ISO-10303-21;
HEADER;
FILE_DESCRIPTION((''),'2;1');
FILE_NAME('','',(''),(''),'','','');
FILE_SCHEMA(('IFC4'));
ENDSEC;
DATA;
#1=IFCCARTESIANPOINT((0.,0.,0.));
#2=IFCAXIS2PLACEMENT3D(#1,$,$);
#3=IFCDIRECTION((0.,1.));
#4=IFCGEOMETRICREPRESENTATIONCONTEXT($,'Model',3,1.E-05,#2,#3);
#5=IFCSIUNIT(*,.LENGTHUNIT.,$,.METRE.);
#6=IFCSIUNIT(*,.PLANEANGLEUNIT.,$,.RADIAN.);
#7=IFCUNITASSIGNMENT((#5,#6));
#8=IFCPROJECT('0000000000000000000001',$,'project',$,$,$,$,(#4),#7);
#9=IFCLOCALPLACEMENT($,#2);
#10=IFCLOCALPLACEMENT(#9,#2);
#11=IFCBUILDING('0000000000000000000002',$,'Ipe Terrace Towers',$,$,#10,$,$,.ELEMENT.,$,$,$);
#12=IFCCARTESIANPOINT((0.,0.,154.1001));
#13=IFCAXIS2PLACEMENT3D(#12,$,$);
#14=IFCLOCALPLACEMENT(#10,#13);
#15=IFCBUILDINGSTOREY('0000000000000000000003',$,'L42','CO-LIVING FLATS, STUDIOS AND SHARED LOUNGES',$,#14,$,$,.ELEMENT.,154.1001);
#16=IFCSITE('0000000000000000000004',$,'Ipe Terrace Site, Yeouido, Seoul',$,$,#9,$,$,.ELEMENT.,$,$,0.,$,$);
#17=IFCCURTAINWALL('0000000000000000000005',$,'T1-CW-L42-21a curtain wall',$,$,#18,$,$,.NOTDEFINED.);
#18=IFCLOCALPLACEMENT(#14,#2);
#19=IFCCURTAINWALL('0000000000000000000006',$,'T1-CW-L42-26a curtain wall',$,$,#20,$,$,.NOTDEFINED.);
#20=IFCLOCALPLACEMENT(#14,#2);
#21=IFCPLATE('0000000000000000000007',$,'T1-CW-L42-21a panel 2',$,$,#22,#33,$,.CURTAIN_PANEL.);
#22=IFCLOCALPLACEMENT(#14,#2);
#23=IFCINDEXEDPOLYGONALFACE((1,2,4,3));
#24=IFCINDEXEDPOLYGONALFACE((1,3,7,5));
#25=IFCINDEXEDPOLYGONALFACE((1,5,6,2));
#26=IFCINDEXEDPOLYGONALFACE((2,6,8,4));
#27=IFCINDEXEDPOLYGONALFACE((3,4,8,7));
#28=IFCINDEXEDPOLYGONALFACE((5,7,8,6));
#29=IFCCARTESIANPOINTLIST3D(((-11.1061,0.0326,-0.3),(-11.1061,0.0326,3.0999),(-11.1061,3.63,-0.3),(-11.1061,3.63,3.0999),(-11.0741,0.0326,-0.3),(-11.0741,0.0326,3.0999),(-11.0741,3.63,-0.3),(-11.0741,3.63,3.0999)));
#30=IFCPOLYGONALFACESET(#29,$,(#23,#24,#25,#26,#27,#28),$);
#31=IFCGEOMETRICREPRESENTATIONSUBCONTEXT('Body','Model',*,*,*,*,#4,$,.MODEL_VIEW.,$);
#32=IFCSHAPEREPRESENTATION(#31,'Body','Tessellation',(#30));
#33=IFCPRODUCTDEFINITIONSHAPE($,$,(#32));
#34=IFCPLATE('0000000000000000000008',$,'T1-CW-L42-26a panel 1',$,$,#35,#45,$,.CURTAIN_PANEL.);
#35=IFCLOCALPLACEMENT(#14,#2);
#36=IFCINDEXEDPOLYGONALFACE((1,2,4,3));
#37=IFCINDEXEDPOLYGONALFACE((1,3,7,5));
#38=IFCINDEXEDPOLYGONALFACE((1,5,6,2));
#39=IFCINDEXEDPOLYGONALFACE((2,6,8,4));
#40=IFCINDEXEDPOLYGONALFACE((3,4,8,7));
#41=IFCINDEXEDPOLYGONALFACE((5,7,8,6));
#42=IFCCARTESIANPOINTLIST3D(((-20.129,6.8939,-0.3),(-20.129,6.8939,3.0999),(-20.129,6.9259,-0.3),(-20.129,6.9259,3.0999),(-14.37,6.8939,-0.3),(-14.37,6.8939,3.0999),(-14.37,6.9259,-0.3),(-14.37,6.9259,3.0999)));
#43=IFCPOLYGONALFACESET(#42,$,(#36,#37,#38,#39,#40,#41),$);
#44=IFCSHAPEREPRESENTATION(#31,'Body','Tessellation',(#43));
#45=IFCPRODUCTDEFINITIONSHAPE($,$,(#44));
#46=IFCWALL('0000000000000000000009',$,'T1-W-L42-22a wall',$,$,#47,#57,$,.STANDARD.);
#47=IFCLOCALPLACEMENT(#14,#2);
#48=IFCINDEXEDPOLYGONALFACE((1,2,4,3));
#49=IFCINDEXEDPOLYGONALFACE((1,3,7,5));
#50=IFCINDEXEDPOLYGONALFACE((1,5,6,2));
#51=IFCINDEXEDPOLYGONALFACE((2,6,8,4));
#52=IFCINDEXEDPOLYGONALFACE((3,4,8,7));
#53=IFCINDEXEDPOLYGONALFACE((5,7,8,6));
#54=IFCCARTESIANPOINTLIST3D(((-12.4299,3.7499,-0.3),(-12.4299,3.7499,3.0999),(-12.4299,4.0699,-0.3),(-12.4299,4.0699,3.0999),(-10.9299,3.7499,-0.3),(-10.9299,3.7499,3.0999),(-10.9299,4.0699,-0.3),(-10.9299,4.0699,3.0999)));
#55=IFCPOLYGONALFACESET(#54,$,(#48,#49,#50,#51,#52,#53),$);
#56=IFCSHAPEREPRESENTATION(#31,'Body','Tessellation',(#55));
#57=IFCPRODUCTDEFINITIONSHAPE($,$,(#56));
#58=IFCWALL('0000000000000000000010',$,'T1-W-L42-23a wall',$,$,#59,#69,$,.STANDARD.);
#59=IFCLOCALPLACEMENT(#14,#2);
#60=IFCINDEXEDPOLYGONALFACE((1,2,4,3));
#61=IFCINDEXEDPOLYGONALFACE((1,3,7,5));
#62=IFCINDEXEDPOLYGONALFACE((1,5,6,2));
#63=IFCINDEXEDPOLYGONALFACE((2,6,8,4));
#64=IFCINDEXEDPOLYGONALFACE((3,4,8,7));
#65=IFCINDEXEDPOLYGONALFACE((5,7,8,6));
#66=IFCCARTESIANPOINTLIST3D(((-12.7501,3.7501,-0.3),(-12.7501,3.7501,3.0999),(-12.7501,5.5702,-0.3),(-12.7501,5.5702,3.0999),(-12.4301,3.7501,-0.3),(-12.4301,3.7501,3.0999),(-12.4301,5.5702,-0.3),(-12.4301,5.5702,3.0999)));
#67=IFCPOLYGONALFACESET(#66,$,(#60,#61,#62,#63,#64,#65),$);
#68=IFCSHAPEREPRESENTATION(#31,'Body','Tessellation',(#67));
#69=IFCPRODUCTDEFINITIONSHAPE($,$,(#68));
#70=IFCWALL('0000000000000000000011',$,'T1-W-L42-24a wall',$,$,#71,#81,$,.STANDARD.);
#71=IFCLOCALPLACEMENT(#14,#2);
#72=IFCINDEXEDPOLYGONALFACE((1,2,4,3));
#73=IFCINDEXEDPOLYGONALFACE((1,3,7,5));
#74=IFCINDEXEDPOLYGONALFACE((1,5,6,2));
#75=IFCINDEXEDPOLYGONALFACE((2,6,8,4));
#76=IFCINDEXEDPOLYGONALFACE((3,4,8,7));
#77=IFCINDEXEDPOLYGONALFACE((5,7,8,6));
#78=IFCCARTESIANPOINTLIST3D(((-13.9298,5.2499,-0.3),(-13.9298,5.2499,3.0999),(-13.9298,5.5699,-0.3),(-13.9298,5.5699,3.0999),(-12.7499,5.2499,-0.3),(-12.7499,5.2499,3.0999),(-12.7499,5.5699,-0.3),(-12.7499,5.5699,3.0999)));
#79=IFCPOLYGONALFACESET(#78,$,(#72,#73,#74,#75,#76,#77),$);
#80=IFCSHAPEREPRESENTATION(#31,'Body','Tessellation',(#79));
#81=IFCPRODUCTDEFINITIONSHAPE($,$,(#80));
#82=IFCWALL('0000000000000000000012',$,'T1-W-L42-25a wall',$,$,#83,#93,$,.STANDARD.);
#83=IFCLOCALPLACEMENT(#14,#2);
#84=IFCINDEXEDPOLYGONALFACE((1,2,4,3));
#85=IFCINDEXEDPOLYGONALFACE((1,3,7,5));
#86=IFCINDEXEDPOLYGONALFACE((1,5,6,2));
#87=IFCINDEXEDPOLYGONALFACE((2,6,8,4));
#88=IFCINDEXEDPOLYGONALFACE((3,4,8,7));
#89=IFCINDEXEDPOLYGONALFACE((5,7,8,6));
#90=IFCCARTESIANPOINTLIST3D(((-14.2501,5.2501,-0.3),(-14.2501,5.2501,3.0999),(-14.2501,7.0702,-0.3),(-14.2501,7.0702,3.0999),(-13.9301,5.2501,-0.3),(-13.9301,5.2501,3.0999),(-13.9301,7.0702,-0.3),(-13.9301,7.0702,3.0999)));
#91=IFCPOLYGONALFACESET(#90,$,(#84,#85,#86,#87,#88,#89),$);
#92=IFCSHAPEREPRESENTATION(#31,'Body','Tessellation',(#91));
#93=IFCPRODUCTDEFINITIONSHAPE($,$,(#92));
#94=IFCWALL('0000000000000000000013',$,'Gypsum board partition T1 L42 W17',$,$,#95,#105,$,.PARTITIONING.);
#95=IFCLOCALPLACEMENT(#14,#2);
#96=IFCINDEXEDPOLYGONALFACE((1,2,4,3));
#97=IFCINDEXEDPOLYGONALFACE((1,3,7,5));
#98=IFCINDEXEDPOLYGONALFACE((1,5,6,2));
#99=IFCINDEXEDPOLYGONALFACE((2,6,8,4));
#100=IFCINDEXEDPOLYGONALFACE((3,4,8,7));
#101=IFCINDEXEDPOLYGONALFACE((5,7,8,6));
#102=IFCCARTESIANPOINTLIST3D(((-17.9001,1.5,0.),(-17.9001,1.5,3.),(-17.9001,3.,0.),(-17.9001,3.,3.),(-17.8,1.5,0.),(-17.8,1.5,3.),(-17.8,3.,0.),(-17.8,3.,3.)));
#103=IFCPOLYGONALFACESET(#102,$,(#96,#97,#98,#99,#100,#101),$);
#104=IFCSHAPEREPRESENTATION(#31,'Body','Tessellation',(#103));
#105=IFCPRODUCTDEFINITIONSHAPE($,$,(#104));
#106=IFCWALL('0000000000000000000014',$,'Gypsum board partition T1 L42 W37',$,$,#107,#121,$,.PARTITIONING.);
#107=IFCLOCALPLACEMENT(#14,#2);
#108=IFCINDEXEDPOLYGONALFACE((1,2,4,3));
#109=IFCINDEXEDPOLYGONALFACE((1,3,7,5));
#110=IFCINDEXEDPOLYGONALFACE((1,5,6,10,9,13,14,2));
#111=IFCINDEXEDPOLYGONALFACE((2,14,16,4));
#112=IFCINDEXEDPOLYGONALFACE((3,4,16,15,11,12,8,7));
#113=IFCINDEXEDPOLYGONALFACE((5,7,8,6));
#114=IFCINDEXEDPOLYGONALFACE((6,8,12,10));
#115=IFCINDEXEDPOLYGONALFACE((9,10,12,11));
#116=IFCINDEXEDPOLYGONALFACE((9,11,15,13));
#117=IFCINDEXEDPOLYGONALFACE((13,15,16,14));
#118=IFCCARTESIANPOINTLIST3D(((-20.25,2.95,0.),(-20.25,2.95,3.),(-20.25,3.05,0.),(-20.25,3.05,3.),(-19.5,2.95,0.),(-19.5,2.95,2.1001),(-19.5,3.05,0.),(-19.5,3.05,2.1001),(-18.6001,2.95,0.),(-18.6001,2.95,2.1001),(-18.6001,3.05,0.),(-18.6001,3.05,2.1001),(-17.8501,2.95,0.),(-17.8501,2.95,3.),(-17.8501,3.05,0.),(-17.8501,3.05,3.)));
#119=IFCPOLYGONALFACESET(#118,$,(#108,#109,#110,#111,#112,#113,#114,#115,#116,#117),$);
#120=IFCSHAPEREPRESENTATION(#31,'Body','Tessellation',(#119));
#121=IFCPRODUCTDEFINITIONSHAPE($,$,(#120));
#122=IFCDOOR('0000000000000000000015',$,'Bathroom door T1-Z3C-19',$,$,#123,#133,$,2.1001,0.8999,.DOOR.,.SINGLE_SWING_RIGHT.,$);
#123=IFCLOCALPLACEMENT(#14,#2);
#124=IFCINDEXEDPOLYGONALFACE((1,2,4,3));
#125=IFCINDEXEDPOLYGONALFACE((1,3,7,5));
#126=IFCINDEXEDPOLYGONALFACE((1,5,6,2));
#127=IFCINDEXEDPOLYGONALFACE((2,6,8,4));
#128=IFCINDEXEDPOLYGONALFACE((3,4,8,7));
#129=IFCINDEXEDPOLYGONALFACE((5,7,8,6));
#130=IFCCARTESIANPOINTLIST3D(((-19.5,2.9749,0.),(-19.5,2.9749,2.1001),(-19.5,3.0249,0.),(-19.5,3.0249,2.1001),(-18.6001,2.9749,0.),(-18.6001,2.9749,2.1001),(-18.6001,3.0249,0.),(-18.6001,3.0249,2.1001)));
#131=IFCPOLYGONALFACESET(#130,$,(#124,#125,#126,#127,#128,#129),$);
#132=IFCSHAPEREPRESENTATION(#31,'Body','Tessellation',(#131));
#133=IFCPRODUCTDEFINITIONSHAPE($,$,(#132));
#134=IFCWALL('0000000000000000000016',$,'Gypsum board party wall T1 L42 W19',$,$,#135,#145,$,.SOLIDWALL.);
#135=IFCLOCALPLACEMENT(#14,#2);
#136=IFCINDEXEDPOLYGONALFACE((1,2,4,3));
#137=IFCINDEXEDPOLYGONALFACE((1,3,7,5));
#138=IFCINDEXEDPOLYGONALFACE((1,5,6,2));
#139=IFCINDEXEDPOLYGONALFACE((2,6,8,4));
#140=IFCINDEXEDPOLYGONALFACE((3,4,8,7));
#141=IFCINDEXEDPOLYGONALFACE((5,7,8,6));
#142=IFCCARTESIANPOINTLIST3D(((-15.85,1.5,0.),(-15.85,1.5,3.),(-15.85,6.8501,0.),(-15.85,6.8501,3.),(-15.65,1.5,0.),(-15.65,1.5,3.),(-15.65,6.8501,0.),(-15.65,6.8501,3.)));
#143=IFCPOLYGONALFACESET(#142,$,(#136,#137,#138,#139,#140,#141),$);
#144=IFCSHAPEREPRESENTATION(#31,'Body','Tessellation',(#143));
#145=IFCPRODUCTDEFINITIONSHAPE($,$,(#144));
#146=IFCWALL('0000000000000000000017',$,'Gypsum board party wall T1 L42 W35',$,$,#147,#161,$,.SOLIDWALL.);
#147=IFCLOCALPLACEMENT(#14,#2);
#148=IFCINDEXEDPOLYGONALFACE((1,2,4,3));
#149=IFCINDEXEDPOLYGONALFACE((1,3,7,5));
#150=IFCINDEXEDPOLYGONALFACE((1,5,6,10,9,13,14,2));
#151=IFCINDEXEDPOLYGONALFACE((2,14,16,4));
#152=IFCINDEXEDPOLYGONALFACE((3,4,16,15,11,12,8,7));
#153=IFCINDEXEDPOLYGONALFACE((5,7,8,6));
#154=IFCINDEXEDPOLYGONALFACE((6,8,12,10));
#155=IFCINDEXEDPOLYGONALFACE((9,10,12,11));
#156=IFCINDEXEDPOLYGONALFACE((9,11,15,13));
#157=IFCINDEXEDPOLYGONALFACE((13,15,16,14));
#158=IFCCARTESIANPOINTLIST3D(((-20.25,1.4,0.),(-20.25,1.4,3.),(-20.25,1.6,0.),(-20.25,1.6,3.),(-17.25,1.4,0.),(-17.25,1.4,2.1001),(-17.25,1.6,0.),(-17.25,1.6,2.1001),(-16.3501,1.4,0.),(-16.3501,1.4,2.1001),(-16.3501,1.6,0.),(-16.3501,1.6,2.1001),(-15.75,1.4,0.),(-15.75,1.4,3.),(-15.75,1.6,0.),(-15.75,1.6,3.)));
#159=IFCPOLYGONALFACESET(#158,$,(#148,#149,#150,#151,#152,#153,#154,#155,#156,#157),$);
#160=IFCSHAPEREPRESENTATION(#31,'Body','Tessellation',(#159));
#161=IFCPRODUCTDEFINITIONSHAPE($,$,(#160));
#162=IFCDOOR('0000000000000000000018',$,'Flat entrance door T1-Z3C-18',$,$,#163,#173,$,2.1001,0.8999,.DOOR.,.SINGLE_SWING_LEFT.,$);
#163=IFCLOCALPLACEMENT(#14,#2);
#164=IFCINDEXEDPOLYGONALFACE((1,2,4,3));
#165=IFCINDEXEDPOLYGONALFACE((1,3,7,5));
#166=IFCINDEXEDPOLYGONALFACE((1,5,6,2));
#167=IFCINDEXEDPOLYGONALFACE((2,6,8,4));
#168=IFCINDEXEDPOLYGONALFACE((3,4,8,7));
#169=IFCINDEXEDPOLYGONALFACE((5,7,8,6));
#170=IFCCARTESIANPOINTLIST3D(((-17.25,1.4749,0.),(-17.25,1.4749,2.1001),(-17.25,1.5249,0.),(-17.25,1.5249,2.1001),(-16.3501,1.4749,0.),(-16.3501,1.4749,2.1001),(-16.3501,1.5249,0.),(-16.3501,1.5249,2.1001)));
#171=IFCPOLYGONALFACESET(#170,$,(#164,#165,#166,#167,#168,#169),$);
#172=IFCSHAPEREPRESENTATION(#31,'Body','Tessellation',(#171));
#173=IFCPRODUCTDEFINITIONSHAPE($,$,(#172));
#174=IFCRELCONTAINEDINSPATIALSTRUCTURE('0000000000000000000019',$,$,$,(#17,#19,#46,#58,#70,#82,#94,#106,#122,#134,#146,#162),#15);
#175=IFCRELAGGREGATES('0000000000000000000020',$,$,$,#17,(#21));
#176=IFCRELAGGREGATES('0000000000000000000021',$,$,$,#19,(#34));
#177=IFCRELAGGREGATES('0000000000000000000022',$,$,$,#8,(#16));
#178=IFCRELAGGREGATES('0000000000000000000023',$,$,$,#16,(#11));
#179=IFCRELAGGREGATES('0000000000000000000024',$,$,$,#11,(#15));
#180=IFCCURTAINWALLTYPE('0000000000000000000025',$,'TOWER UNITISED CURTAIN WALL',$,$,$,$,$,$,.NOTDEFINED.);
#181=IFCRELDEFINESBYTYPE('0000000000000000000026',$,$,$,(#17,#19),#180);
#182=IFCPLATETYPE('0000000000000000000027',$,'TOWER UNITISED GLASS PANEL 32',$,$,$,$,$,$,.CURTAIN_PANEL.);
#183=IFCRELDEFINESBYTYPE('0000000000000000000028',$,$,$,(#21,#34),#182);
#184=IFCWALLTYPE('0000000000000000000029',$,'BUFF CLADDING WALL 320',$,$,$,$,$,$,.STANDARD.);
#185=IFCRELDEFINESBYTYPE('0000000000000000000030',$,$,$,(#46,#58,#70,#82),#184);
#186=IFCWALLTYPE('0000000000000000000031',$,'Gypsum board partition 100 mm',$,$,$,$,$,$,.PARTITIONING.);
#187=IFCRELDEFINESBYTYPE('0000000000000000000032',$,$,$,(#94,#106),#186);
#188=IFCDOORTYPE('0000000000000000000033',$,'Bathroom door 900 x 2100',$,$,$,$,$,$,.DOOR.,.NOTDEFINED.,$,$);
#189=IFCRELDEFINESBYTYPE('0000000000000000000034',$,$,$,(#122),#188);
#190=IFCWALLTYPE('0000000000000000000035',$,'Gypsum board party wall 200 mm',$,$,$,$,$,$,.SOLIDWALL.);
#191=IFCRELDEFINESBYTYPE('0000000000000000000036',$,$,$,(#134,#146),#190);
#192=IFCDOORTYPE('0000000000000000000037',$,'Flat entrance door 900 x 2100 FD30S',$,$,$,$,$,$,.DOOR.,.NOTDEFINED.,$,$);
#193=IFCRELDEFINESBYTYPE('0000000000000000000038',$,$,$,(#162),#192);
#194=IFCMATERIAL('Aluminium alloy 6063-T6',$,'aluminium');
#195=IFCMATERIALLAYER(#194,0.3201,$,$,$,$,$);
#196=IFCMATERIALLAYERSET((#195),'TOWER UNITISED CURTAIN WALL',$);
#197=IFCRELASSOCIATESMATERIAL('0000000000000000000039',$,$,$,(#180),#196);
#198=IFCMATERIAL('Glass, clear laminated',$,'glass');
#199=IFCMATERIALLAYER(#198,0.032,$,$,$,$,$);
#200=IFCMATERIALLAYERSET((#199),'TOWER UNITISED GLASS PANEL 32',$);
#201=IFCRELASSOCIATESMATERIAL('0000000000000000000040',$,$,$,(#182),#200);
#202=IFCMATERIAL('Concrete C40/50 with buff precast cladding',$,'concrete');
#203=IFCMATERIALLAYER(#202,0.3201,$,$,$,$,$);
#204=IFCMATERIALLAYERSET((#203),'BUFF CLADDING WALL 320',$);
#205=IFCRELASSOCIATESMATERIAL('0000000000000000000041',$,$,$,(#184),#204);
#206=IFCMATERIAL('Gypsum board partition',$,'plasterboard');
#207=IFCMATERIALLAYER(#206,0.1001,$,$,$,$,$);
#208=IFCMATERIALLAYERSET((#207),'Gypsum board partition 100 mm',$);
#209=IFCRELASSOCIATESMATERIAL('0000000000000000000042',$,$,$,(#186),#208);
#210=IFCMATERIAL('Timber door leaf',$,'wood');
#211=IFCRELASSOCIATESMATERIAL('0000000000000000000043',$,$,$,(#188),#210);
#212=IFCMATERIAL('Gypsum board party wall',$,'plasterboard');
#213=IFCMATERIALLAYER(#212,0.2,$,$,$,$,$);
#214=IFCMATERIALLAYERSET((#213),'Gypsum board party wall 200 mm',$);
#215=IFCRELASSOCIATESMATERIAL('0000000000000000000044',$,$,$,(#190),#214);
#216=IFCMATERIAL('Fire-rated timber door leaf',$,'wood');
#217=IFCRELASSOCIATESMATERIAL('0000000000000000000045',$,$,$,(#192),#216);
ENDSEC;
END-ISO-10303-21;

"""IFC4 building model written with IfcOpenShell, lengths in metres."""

from ifc_helpers import new_model, si_unit, direction, frame, frame_2d, origin, origin_2d, place, context, subcontext, project, spatial, rectangle, extrude, material, layer, layer_set, type_object, element, fill, aggregate, save


model = new_model("IFC4")

# Units and contexts
model_context = context("Model", 3, precision=1e-05, world=origin(), true_north=direction((0.0, 1.0)))
body_context = subcontext(model_context, "Body", "Model", "MODEL_VIEW")
ifc_project = project(units=[si_unit("LENGTHUNIT", "METRE"), si_unit("PLANEANGLEUNIT", "RADIAN")], contexts=[model_context])

# Site, building, storey
site_placement = place(None, origin())
site = spatial("IfcSite", under=ifc_project, at=site_placement, Name="Ipe Terrace Site, Yeouido, Seoul", CompositionType="ELEMENT", RefElevation=0.0)
building_placement = place(site_placement, origin())
building = spatial("IfcBuilding", under=site, at=building_placement, Name="Ipe Terrace Towers", CompositionType="ELEMENT")
storey_placement = place(building_placement, frame((0.0, 0.0, 154.1001)))
storey = spatial("IfcBuildingStorey", under=building, at=storey_placement, Name="L42", Description="CO-LIVING FLATS, STUDIOS AND SHARED LOUNGES", CompositionType="ELEMENT", Elevation=154.1001)

# Curtain wall
ifc_material_1 = material(Name="Aluminium alloy 6063-T6", Category="aluminium")
ifc_layer_1 = layer(ifc_material_1, 0.3201)
ifc_layer_set_1 = layer_set([ifc_layer_1], Name="TOWER UNITISED CURTAIN WALL")
curtain_wall_type = type_object("IfcCurtainWallType", Name="TOWER UNITISED CURTAIN WALL", PredefinedType="NOTDEFINED", material=ifc_layer_set_1)
curtain_wall_1_placement = place(storey_placement, origin())
curtain_wall_1 = element("IfcCurtainWall", 1, at=curtain_wall_1_placement, inside=storey, type_object=curtain_wall_type, Name="T1-CW-L42-21a curtain wall", PredefinedType="NOTDEFINED")

# Curtain wall
curtain_wall_2_placement = place(storey_placement, origin())
curtain_wall_2 = element("IfcCurtainWall", 2, at=curtain_wall_2_placement, inside=storey, type_object=curtain_wall_type, Name="T1-CW-L42-26a curtain wall", PredefinedType="NOTDEFINED")

# Plates
ifc_material_2 = material(Name="Glass, clear laminated", Category="glass")
ifc_layer_2 = layer(ifc_material_2, 0.032)
ifc_layer_set_2 = layer_set([ifc_layer_2], Name="TOWER UNITISED GLASS PANEL 32")
plate_type = type_object("IfcPlateType", Name="TOWER UNITISED GLASS PANEL 32", PredefinedType="CURTAIN_PANEL", material=ifc_layer_set_2)
plate_1_placement = place(storey_placement, frame((-11.0901, 1.8313, -0.3), z_axis=(0.0, 0.0, 1.0), x_axis=(0.0, 1.0, 0.0)))
plate_1 = element("IfcPlate", 3, at=plate_1_placement, type_object=plate_type, Name="T1-CW-L42-21a panel 2", PredefinedType="CURTAIN_PANEL", context=body_context, shape_type="SweptSolid", body=[
    extrude(rectangle(XDim=3.5974, YDim=0.032, at=origin_2d()), origin(), (0.0, 0.0, 1.0), 3.3999),
])
aggregate(curtain_wall_1, [plate_1])
plate_2_placement = place(storey_placement, frame((-17.2495, 6.9099, -0.3), z_axis=(0.0, 0.0, 1.0), x_axis=(-1.0, 0.0, 0.0)))
plate_2 = element("IfcPlate", 4, at=plate_2_placement, type_object=plate_type, Name="T1-CW-L42-26a panel 1", PredefinedType="CURTAIN_PANEL", context=body_context, shape_type="SweptSolid", body=[
    extrude(rectangle(XDim=5.759, YDim=0.032, at=origin_2d()), origin(), (0.0, 0.0, 1.0), 3.3999),
])
aggregate(curtain_wall_2, [plate_2])

# Walls
ifc_material_3 = material(Name="Concrete C40/50 with buff precast cladding", Category="concrete")
ifc_layer_3 = layer(ifc_material_3, 0.3201)
ifc_layer_set_3 = layer_set([ifc_layer_3], Name="BUFF CLADDING WALL 320")
wall_type_1 = type_object("IfcWallType", Name="BUFF CLADDING WALL 320", PredefinedType="STANDARD", material=ifc_layer_set_3)
wall_1_placement = place(storey_placement, frame((-10.9299, 3.9099, -0.3), z_axis=(0.0, 0.0, 1.0), x_axis=(-1.0, 0.0, 0.0)))
element("IfcWall", 5, at=wall_1_placement, inside=storey, type_object=wall_type_1, Name="T1-W-L42-22a wall", PredefinedType="STANDARD", context=body_context, shape_type="SweptSolid", body=[
    extrude(rectangle(XDim=1.5, YDim=0.3201, at=frame_2d((0.75, 0.0))), origin(), (0.0, 0.0, 1.0), 3.3999),
])
wall_2_placement = place(storey_placement, frame((-12.5901, 3.75, -0.3), z_axis=(0.0, 0.0, 1.0), x_axis=(0.0, 1.0, 0.0)))
element("IfcWall", 6, at=wall_2_placement, inside=storey, type_object=wall_type_1, Name="T1-W-L42-23a wall", PredefinedType="STANDARD", context=body_context, shape_type="SweptSolid", body=[
    extrude(rectangle(XDim=1.8201, YDim=0.3201, at=frame_2d((0.9102, 0.0))), origin(), (0.0, 0.0, 1.0), 3.3999),
])
wall_3_placement = place(storey_placement, frame((-12.75, 5.4099, -0.3), z_axis=(0.0, 0.0, 1.0), x_axis=(-1.0, 0.0, 0.0)))
element("IfcWall", 7, at=wall_3_placement, inside=storey, type_object=wall_type_1, Name="T1-W-L42-24a wall", PredefinedType="STANDARD", context=body_context, shape_type="SweptSolid", body=[
    extrude(rectangle(XDim=1.1799, YDim=0.3201, at=frame_2d((0.5898, 0.0))), origin(), (0.0, 0.0, 1.0), 3.3999),
])
wall_4_placement = place(storey_placement, frame((-14.0901, 5.25, -0.3), z_axis=(0.0, 0.0, 1.0), x_axis=(0.0, 1.0, 0.0)))
element("IfcWall", 8, at=wall_4_placement, inside=storey, type_object=wall_type_1, Name="T1-W-L42-25a wall", PredefinedType="STANDARD", context=body_context, shape_type="SweptSolid", body=[
    extrude(rectangle(XDim=1.8201, YDim=0.3201, at=frame_2d((0.9102, 0.0))), origin(), (0.0, 0.0, 1.0), 3.3999),
])
ifc_material_4 = material(Name="Gypsum board partition", Category="plasterboard")
ifc_layer_4 = layer(ifc_material_4, 0.1001)
ifc_layer_set_4 = layer_set([ifc_layer_4], Name="Gypsum board partition 100 mm")
wall_type_2 = type_object("IfcWallType", Name="Gypsum board partition 100 mm", PredefinedType="PARTITIONING", material=ifc_layer_set_4)
wall_5_placement = place(storey_placement, frame((-17.8501, 1.5, 0.0), z_axis=(0.0, 0.0, 1.0), x_axis=(0.0, 1.0, 0.0)))
element("IfcWall", 9, at=wall_5_placement, inside=storey, type_object=wall_type_2, Name="Gypsum board partition T1 L42 W17", PredefinedType="PARTITIONING", context=body_context, shape_type="SweptSolid", body=[
    extrude(rectangle(XDim=1.5, YDim=0.1001, at=frame_2d((0.75, 0.0))), origin(), (0.0, 0.0, 1.0), 3.0),
])

# Wall, opening, door
wall_6_placement = place(storey_placement, frame((-20.25, 3.0, 0.0), z_axis=(0.0, 0.0, 1.0), x_axis=(1.0, 0.0, 0.0)))
wall_6 = element("IfcWall", 10, at=wall_6_placement, inside=storey, type_object=wall_type_2, Name="Gypsum board partition T1 L42 W37", PredefinedType="PARTITIONING", context=body_context, shape_type="SweptSolid", body=[
    extrude(rectangle(XDim=2.3999, YDim=0.1001, at=frame_2d((1.2, 0.0))), origin(), (0.0, 0.0, 1.0), 3.0),
])
opening_1_placement = place(wall_6_placement, frame((0.75, 0.0, 0.0)))
opening_1 = element("IfcOpeningElement", 11, at=opening_1_placement, cuts=wall_6, PredefinedType="OPENING", context=body_context, shape_type="SweptSolid", body=[
    extrude(rectangle(XDim=0.8999, YDim=2.1001, at=frame_2d((0.45, 1.05))), frame((0.0, 0.0601, 0.0), z_axis=(0.0, -1.0, 0.0), x_axis=(1.0, 0.0, 0.0)), (0.0, 0.0, 1.0), 0.1201),
])
ifc_material_5 = material(Name="Timber door leaf", Category="wood")
door_type_1 = type_object("IfcDoorType", Name="Bathroom door 900 x 2100", OperationType="NOTDEFINED", PredefinedType="DOOR", material=ifc_material_5)
door_1_placement = place(opening_1_placement, origin())
door_1 = element("IfcDoor", 12, at=door_1_placement, inside=storey, type_object=door_type_1, Name="Bathroom door T1-Z3C-19", OperationType="SINGLE_SWING_RIGHT", OverallHeight=2.1001, OverallWidth=0.8999, PredefinedType="DOOR", context=body_context, shape_type="SweptSolid", body=[
    extrude(rectangle(XDim=0.8999, YDim=2.1001, at=frame_2d((0.45, 1.05))), frame((0.0, 0.0249, 0.0), z_axis=(0.0, -1.0, 0.0), x_axis=(1.0, 0.0, 0.0)), (0.0, 0.0, 1.0), 0.05),
])
fill(opening_1, door_1)

# Wall
ifc_material_6 = material(Name="Gypsum board party wall", Category="plasterboard")
ifc_layer_5 = layer(ifc_material_6, 0.2)
ifc_layer_set_5 = layer_set([ifc_layer_5], Name="Gypsum board party wall 200 mm")
wall_type_3 = type_object("IfcWallType", Name="Gypsum board party wall 200 mm", PredefinedType="SOLIDWALL", material=ifc_layer_set_5)
wall_7_placement = place(storey_placement, frame((-15.75, 1.5, 0.0), z_axis=(0.0, 0.0, 1.0), x_axis=(0.0, 1.0, 0.0)))
element("IfcWall", 13, at=wall_7_placement, inside=storey, type_object=wall_type_3, Name="Gypsum board party wall T1 L42 W19", PredefinedType="SOLIDWALL", context=body_context, shape_type="SweptSolid", body=[
    extrude(rectangle(XDim=5.3501, YDim=0.2, at=frame_2d((2.675, 0.0))), origin(), (0.0, 0.0, 1.0), 3.0),
])

# Wall, opening, door
wall_8_placement = place(storey_placement, frame((-20.25, 1.5, 0.0), z_axis=(0.0, 0.0, 1.0), x_axis=(1.0, 0.0, 0.0)))
wall_8 = element("IfcWall", 14, at=wall_8_placement, inside=storey, type_object=wall_type_3, Name="Gypsum board party wall T1 L42 W35", PredefinedType="SOLIDWALL", context=body_context, shape_type="SweptSolid", body=[
    extrude(rectangle(XDim=4.5, YDim=0.2, at=frame_2d((2.25, 0.0))), origin(), (0.0, 0.0, 1.0), 3.0),
])
opening_2_placement = place(wall_8_placement, frame((3.0, 0.0, 0.0)))
opening_2 = element("IfcOpeningElement", 15, at=opening_2_placement, cuts=wall_8, PredefinedType="OPENING", context=body_context, shape_type="SweptSolid", body=[
    extrude(rectangle(XDim=0.8999, YDim=2.1001, at=frame_2d((0.45, 1.05))), frame((0.0, 0.1099, 0.0), z_axis=(0.0, -1.0, 0.0), x_axis=(1.0, 0.0, 0.0)), (0.0, 0.0, 1.0), 0.22),
])
ifc_material_7 = material(Name="Fire-rated timber door leaf", Category="wood")
door_type_2 = type_object("IfcDoorType", Name="Flat entrance door 900 x 2100 FD30S", OperationType="NOTDEFINED", PredefinedType="DOOR", material=ifc_material_7)
door_2_placement = place(opening_2_placement, origin())
door_2 = element("IfcDoor", 16, at=door_2_placement, inside=storey, type_object=door_type_2, Name="Flat entrance door T1-Z3C-18", OperationType="SINGLE_SWING_LEFT", OverallHeight=2.1001, OverallWidth=0.8999, PredefinedType="DOOR", context=body_context, shape_type="SweptSolid", body=[
    extrude(rectangle(XDim=0.8999, YDim=2.1001, at=frame_2d((0.45, 1.05))), frame((0.0, 0.0249, 0.0), z_axis=(0.0, -1.0, 0.0), x_axis=(1.0, 0.0, 0.0)), (0.0, 0.0, 1.0), 0.05),
])
fill(opening_2, door_2)

save(model, "model.ifc")
